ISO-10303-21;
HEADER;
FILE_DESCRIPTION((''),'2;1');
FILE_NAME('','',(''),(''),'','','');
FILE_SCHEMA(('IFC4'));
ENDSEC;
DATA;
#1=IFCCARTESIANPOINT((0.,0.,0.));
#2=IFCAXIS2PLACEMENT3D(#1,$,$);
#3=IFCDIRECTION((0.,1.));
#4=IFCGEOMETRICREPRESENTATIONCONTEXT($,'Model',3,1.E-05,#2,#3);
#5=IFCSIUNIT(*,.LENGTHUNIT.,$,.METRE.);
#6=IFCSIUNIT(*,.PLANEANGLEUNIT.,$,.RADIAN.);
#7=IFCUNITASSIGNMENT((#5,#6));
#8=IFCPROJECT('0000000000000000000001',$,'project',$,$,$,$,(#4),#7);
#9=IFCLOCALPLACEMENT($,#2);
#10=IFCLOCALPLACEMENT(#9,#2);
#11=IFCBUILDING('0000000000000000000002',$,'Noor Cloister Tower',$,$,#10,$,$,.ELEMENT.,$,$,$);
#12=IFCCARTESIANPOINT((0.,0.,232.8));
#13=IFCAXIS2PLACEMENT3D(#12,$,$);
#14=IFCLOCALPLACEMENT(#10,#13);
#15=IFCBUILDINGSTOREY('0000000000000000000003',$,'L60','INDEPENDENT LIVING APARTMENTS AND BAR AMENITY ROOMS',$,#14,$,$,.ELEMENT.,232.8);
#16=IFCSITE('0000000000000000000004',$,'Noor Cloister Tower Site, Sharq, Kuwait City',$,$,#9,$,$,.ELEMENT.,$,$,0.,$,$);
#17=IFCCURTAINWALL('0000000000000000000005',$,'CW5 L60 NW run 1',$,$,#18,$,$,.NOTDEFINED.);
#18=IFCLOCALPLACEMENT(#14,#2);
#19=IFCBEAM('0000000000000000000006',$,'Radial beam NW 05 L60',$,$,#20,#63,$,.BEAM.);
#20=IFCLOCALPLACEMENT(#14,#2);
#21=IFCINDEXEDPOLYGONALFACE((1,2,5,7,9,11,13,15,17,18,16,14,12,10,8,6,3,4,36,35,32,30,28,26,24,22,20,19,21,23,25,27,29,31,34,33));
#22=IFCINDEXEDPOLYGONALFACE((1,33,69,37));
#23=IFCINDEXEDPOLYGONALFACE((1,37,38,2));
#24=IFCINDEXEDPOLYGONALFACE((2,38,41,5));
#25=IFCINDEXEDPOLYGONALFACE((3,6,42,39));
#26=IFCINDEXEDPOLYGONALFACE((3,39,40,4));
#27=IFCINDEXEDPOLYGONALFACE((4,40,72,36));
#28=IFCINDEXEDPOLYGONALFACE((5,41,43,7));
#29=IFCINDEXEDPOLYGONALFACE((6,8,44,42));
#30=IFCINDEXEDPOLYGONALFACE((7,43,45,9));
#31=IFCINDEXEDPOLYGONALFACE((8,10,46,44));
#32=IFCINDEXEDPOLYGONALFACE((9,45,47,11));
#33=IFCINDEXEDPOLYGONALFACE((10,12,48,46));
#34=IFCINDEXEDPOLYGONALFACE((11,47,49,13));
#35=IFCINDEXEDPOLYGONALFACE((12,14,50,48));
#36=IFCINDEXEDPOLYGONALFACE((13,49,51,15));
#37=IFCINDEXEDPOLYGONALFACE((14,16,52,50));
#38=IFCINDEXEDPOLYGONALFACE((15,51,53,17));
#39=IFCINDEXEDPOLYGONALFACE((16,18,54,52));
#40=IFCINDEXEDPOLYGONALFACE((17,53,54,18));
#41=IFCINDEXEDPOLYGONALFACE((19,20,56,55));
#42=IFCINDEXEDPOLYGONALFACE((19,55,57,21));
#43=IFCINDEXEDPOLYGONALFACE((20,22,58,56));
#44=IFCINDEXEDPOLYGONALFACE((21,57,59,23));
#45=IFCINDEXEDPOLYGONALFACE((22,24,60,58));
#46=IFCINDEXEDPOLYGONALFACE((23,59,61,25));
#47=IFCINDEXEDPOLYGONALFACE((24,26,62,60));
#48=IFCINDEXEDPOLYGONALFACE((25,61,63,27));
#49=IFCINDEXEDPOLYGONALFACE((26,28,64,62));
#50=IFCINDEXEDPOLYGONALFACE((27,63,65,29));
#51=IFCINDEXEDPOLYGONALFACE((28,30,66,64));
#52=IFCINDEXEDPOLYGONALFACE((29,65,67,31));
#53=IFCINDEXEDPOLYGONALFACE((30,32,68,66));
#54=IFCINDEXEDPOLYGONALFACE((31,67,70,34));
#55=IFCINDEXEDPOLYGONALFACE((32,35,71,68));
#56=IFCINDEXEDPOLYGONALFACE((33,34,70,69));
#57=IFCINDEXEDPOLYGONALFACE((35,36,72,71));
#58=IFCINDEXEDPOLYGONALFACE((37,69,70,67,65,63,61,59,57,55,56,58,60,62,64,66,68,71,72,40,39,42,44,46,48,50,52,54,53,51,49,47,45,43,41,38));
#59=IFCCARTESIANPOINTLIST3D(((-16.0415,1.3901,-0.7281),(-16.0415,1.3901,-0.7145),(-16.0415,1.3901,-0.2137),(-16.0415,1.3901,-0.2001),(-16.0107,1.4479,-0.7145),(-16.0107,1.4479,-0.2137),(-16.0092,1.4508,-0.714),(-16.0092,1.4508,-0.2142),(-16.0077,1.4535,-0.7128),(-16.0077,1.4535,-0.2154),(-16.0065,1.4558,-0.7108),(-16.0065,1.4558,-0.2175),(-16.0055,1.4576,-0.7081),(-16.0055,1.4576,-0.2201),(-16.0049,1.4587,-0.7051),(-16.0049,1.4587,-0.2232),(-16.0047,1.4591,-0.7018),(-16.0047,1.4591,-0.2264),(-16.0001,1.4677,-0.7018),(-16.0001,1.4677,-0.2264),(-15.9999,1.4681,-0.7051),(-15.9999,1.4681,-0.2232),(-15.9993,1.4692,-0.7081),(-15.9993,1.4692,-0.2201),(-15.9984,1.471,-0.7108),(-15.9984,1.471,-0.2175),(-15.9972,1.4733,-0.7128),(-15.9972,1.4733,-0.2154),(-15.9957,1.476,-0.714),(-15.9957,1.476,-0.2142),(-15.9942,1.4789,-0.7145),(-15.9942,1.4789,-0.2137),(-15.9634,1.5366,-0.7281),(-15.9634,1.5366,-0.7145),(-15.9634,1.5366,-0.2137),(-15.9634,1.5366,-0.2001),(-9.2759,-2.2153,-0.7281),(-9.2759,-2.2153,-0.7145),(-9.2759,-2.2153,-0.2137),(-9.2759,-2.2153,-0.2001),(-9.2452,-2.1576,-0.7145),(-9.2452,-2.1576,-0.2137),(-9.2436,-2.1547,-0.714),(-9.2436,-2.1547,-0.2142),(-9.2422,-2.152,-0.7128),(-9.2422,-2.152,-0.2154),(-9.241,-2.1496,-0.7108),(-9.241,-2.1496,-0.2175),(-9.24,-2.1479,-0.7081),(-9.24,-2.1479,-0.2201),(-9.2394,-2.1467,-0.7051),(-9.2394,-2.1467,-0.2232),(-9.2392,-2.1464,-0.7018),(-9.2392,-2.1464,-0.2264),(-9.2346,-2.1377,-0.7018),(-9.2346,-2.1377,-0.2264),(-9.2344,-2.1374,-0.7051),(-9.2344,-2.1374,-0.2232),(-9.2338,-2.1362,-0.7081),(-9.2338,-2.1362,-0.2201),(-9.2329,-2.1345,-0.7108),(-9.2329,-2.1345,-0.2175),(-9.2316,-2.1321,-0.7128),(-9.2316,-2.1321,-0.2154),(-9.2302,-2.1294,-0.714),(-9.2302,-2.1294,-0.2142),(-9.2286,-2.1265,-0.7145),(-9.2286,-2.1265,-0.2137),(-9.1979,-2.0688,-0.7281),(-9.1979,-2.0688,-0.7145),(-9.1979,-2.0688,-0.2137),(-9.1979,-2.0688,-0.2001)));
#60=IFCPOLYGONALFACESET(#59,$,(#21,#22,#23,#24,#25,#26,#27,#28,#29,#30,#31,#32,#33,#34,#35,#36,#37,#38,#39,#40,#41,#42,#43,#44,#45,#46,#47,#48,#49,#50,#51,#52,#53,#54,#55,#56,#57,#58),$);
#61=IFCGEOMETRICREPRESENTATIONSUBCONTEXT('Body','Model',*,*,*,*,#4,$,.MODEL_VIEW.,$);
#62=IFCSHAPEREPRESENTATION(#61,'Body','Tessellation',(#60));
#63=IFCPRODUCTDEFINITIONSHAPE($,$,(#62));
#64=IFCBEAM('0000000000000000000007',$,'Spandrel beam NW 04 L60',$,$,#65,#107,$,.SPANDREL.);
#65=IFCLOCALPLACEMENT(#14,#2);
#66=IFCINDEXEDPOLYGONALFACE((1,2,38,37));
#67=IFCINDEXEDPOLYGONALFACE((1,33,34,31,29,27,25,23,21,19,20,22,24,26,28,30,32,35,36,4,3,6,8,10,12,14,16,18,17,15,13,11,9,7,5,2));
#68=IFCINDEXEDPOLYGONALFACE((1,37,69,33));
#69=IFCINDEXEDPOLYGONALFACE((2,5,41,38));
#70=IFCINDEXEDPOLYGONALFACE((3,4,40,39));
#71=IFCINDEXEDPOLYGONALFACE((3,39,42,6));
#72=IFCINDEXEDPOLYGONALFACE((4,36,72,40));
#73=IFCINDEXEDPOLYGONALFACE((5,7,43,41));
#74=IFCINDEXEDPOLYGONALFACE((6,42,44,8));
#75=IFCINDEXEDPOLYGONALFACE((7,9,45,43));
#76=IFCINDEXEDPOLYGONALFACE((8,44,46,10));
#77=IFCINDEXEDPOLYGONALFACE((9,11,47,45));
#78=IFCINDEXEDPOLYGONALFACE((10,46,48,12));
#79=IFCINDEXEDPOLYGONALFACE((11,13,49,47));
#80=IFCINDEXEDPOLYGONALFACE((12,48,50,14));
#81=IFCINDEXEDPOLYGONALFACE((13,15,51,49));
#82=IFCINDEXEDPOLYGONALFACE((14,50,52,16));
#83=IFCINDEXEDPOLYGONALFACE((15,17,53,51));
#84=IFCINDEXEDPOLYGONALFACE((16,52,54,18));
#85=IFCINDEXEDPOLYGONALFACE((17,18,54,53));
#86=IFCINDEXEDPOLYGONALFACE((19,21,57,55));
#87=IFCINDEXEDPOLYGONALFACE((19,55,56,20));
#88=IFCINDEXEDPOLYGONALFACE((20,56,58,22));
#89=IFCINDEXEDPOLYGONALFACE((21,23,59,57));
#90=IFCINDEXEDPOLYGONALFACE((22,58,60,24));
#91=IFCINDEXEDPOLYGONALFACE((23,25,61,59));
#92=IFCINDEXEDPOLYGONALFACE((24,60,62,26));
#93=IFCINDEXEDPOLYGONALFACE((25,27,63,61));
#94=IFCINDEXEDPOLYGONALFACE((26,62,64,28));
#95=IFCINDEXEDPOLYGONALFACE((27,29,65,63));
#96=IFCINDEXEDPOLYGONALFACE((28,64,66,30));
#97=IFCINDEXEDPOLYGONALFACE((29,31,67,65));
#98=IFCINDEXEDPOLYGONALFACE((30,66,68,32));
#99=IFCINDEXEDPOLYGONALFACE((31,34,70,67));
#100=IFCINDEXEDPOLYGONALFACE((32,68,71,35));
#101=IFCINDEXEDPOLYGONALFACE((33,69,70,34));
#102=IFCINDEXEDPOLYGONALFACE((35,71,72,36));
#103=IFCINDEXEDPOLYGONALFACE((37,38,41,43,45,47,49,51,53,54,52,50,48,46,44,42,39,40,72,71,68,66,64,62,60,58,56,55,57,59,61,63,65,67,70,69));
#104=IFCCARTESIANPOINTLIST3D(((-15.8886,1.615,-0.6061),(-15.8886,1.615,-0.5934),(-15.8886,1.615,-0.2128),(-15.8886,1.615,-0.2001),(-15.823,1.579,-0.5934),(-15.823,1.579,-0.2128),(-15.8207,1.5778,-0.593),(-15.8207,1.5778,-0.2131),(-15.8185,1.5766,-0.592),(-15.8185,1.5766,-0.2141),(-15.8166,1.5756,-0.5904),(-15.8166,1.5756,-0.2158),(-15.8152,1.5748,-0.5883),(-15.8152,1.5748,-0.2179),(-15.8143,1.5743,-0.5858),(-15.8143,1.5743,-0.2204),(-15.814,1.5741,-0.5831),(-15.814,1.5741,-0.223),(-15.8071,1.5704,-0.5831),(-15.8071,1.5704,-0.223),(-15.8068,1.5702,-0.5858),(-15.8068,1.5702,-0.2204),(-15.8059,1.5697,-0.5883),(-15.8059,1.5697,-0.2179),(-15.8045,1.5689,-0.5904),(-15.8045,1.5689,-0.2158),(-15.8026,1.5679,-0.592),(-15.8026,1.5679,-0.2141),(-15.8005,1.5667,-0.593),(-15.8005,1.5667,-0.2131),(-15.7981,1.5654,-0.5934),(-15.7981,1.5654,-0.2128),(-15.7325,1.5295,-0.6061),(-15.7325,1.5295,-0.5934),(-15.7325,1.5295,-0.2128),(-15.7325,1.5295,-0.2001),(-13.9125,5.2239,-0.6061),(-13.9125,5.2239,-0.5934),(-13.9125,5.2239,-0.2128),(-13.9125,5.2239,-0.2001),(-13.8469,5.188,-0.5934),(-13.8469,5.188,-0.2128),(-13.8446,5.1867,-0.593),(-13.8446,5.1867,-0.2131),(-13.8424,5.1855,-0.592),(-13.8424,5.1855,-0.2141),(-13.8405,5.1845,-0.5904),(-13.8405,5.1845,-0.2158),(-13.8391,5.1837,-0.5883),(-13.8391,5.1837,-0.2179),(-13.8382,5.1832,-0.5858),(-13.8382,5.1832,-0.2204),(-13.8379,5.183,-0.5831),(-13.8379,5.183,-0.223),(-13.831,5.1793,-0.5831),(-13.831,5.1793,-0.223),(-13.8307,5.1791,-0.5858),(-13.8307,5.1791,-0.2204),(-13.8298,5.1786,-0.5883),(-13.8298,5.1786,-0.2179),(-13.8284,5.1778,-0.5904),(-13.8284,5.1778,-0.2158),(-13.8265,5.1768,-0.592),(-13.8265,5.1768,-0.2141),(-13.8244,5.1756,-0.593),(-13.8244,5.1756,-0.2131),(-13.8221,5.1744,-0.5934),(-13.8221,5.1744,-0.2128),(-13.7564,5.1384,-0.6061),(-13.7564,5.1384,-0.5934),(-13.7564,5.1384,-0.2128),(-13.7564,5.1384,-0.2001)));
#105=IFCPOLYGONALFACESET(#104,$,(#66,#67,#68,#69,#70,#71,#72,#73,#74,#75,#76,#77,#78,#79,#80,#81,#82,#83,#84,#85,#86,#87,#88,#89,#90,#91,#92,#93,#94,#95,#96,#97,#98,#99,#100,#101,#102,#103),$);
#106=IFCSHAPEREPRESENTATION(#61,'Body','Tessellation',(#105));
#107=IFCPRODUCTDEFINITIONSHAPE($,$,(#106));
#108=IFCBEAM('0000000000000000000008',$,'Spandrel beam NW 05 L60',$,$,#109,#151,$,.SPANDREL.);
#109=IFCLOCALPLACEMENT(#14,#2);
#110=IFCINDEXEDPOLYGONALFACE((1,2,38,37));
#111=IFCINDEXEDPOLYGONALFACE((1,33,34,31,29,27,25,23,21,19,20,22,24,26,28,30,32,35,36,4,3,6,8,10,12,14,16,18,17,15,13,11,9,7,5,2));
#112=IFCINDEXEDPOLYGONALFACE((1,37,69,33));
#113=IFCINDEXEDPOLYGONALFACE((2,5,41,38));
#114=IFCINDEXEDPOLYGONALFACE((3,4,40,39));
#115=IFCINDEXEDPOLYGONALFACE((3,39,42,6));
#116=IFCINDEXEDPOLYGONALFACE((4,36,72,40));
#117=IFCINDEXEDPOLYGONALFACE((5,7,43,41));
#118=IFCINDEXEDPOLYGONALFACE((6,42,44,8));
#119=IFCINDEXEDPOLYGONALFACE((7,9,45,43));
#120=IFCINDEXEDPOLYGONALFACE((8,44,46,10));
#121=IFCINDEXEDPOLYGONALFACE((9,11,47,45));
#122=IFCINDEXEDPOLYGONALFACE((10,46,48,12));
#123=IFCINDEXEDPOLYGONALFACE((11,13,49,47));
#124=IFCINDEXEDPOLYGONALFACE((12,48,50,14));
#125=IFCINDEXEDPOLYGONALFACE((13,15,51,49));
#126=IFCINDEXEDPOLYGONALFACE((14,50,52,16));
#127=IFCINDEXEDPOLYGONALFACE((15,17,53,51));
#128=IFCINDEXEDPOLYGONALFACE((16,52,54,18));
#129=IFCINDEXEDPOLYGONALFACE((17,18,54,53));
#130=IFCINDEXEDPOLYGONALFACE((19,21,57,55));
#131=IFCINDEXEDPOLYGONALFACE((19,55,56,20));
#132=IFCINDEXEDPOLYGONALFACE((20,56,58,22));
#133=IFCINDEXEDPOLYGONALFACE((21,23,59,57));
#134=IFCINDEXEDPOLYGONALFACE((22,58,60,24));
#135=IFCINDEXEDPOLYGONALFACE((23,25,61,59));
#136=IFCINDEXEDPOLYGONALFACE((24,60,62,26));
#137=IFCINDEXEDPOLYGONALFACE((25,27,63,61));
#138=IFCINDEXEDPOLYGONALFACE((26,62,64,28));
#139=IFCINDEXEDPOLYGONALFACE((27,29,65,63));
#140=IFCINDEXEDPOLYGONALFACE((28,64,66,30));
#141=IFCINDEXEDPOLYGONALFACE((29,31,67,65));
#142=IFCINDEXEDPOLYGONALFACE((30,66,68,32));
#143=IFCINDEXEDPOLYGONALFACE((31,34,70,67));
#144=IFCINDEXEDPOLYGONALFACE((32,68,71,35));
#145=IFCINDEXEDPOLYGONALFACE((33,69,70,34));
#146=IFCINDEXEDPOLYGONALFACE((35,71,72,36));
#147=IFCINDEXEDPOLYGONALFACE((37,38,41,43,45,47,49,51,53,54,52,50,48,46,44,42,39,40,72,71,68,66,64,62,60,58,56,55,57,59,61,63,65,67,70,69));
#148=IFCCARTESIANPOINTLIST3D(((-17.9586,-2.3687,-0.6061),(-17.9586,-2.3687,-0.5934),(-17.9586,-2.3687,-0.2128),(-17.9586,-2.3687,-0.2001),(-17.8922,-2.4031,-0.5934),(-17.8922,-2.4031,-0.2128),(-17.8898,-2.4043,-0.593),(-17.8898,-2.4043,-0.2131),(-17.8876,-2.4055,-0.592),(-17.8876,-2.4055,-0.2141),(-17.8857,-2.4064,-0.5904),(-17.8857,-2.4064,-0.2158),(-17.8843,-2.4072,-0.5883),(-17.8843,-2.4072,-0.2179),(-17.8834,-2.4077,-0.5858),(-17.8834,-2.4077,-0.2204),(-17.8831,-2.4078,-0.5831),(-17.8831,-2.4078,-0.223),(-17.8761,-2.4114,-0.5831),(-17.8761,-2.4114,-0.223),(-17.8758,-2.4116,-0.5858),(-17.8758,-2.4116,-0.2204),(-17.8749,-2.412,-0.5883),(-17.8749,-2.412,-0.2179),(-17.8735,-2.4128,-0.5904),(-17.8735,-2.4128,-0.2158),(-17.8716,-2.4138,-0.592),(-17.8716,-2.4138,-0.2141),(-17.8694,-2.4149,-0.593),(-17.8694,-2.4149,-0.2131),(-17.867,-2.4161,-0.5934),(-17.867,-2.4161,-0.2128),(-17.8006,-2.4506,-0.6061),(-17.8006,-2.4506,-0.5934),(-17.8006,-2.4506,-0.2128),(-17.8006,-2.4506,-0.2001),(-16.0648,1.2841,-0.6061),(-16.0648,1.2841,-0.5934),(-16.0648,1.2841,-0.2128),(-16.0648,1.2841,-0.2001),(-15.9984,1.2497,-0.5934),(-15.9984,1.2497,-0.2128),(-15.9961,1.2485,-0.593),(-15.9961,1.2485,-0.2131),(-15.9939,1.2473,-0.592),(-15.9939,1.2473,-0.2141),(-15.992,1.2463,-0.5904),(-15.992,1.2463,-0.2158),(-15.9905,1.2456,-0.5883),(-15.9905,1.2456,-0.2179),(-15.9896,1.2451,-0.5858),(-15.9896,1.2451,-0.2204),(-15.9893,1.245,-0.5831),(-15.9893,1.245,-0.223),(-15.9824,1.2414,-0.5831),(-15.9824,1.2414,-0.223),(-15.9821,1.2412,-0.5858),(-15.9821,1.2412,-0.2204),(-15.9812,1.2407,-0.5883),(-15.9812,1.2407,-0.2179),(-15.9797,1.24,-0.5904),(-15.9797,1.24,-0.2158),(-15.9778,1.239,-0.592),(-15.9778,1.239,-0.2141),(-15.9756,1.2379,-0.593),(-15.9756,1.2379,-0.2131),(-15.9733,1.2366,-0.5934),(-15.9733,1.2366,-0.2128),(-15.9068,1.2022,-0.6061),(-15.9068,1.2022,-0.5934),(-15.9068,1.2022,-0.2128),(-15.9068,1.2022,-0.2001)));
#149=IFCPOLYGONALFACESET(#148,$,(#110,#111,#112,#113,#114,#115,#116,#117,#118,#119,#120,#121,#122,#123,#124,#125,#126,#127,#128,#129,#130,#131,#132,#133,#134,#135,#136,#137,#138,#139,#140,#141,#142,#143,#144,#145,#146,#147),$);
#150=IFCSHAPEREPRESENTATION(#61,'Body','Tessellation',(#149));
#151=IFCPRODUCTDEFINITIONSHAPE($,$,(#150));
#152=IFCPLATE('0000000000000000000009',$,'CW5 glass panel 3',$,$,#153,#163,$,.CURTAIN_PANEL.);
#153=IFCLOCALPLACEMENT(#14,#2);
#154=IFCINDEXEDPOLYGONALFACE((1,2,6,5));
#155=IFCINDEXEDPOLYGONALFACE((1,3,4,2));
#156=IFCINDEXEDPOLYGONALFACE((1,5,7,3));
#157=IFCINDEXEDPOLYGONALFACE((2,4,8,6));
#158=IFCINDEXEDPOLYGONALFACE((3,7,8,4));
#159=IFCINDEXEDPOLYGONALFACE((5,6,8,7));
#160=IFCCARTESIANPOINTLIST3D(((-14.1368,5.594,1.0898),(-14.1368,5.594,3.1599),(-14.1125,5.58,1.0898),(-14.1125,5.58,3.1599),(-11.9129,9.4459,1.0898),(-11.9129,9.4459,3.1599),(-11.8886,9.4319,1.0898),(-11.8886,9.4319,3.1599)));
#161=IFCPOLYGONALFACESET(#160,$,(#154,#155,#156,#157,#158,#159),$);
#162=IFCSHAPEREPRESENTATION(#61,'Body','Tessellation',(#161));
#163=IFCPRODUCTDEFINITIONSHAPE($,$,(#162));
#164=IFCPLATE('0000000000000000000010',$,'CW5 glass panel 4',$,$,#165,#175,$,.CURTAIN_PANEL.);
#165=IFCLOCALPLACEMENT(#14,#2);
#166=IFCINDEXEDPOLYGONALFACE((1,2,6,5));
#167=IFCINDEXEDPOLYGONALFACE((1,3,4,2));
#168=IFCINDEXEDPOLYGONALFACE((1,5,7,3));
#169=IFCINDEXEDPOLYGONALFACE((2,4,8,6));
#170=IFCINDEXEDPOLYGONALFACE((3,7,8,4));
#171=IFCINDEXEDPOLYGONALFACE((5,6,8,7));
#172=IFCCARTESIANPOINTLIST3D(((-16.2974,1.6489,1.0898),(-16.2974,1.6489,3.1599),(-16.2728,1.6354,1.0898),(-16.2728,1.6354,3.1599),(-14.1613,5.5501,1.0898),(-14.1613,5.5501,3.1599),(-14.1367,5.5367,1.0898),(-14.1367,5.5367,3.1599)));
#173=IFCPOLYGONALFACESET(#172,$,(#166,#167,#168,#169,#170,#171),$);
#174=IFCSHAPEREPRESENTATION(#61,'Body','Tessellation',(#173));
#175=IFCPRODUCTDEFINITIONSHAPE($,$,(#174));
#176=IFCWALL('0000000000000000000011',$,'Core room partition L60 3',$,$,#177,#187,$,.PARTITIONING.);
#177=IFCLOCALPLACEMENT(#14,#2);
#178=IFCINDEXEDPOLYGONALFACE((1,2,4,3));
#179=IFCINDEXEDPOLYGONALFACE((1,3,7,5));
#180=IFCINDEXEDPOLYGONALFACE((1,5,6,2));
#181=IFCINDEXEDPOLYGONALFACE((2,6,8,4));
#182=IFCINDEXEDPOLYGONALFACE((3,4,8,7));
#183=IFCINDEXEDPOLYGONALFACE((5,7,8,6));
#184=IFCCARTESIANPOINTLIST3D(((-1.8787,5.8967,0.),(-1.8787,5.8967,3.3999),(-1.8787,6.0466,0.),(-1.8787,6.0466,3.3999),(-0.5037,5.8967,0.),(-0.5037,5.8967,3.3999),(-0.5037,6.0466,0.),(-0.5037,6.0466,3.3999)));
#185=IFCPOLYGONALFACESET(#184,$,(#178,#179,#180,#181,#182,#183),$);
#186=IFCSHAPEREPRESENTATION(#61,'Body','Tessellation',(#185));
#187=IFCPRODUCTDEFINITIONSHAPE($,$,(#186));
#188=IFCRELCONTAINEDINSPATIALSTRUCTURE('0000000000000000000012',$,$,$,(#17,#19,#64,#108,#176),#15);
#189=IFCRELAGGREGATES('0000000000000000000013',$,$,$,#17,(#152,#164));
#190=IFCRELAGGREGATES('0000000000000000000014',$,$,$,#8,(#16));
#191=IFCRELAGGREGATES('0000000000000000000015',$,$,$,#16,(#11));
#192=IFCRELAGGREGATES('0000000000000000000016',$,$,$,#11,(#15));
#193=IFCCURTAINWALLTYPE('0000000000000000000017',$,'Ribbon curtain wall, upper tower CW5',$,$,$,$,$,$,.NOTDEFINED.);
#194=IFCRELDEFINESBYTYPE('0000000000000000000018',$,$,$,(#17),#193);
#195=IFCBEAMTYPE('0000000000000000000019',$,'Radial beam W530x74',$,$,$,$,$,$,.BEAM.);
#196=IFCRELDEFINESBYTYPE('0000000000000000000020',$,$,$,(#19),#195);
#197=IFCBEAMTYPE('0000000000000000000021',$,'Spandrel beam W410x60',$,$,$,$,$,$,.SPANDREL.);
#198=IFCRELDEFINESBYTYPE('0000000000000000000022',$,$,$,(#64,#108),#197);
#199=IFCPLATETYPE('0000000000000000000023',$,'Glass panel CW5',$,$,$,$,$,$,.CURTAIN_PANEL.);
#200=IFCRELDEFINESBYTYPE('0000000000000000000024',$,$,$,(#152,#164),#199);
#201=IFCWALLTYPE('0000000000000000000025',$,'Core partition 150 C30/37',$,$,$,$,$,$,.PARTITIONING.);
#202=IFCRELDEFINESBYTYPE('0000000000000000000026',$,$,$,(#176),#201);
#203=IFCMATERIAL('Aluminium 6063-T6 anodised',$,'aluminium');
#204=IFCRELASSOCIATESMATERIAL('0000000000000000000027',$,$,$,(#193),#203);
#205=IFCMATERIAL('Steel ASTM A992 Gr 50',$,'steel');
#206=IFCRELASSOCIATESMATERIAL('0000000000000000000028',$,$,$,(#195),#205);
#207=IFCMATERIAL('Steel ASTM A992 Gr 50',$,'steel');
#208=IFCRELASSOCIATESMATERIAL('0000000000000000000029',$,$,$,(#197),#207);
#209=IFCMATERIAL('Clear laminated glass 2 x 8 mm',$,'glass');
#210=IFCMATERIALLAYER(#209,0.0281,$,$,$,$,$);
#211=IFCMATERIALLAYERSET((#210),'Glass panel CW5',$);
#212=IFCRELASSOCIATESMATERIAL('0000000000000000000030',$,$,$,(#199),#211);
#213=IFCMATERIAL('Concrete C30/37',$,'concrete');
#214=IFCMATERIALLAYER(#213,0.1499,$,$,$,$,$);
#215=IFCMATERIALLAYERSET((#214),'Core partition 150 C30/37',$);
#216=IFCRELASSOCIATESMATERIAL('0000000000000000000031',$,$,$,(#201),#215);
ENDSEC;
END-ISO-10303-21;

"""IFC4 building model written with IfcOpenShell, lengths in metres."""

from ifc_helpers import new_model, si_unit, direction, frame, frame_2d, origin, origin_2d, place, context, subcontext, project, spatial, rectangle, i_section, extrude, material, layer, layer_set, material_profile, profile_set, type_object, element, aggregate, save


model = new_model("IFC4")

# Units and contexts
model_context = context("Model", 3, precision=1e-05, world=origin(), true_north=direction((0.0, 1.0)))
body_context = subcontext(model_context, "Body", "Model", "MODEL_VIEW")
ifc_project = project(units=[si_unit("LENGTHUNIT", "METRE"), si_unit("PLANEANGLEUNIT", "RADIAN")], contexts=[model_context])

# Site, building, storey
site_placement = place(None, origin())
site = spatial("IfcSite", under=ifc_project, at=site_placement, Name="Noor Cloister Tower Site, Sharq, Kuwait City", CompositionType="ELEMENT", RefElevation=0.0)
building_placement = place(site_placement, origin())
building = spatial("IfcBuilding", under=site, at=building_placement, Name="Noor Cloister Tower", CompositionType="ELEMENT")
storey_placement = place(building_placement, frame((0.0, 0.0, 232.8)))
storey = spatial("IfcBuildingStorey", under=building, at=storey_placement, Name="L60", Description="INDEPENDENT LIVING APARTMENTS AND BAR AMENITY ROOMS", CompositionType="ELEMENT", Elevation=232.8)

# Curtain wall
ifc_material_1 = material(Name="Aluminium 6063-T6 anodised", Category="aluminium")
curtain_wall_type = type_object("IfcCurtainWallType", Name="Ribbon curtain wall, upper tower CW5", PredefinedType="NOTDEFINED", material=ifc_material_1)
curtain_wall_placement = place(storey_placement, origin())
curtain_wall = element("IfcCurtainWall", 1, at=curtain_wall_placement, inside=storey, type_object=curtain_wall_type, Name="CW5 L60 NW run 1", PredefinedType="NOTDEFINED")

# Beams
ifc_material_2 = material(Name="Steel ASTM A992 Gr 50", Category="steel")
ifc_material_profile_1 = material_profile(ifc_material_2, i_section(OverallWidth=0.166, OverallDepth=0.5281, WebThickness=0.0098, FlangeThickness=0.0137, FilletRadius=0.0127, at=origin_2d()), Name="W530x74")
ifc_profile_set_1 = profile_set([ifc_material_profile_1], Name="Steel ASTM A992 Gr 50")
beam_type_1 = type_object("IfcBeamType", Name="Radial beam W530x74", PredefinedType="BEAM", material=ifc_profile_set_1)
beam_1_placement = place(storey_placement, frame((-16.0024, 1.4634, -0.4641), z_axis=(0.882508, -0.470297, 0.0), x_axis=(0.470297, 0.882508, 0.0)))
element("IfcBeam", 2, at=beam_1_placement, inside=storey, type_object=beam_type_1, Name="Radial beam NW 05 L60", PredefinedType="BEAM", context=body_context, shape_type="SweptSolid", body=[
    extrude(i_section(OverallWidth=0.166, OverallDepth=0.5281, WebThickness=0.0098, FlangeThickness=0.0137, FilletRadius=0.0127, at=origin_2d()), origin(), (0.0, 0.0, 1.0), 7.6663),
])
ifc_material_3 = material(Name="Steel ASTM A992 Gr 50", Category="steel")
ifc_material_profile_2 = material_profile(ifc_material_3, i_section(OverallWidth=0.178, OverallDepth=0.406, WebThickness=0.0078, FlangeThickness=0.0127, FilletRadius=0.0103, at=origin_2d()), Name="W410x60")
ifc_profile_set_2 = profile_set([ifc_material_profile_2], Name="Steel ASTM A992 Gr 50")
beam_type_2 = type_object("IfcBeamType", Name="Spandrel beam W410x60", PredefinedType="SPANDREL", material=ifc_profile_set_2)
for number, where, z_axis, x_axis, name in (
    (3, (-13.8345, 5.1812, -0.4031), (-0.480273, -0.877119, 0.0), (0.877119, -0.480273, 0.0), "Spandrel beam NW 04 L60"),
    (4, (-15.9858, 1.2432, -0.4031), (-0.460267, -0.887781, 0.0), (0.887781, -0.460267, 0.0), "Spandrel beam NW 05 L60"),
):
    element("IfcBeam", number, at=place(storey_placement, frame(where, z_axis=z_axis, x_axis=x_axis)), inside=storey, type_object=beam_type_2, Name=name, PredefinedType="SPANDREL", context=body_context, shape_type="SweptSolid", body=[
        extrude(i_section(OverallWidth=0.178, OverallDepth=0.406, WebThickness=0.0078, FlangeThickness=0.0127, FilletRadius=0.0103, at=origin_2d()), origin(), (0.0, 0.0, 1.0), 4.1145),
    ])

# Plates
ifc_material_4 = material(Name="Clear laminated glass 2 x 8 mm", Category="glass")
ifc_layer_1 = layer(ifc_material_4, 0.0281)
ifc_layer_set_1 = layer_set([ifc_layer_1], Name="Glass panel CW5")
plate_type = type_object("IfcPlateType", Name="Glass panel CW5", PredefinedType="CURTAIN_PANEL", material=ifc_layer_set_1)
plate_1_placement = place(storey_placement, frame((-13.0127, 7.5129, 1.0898), z_axis=(0.0, 0.0, 1.0), x_axis=(-0.5, -0.866025, 0.0)))
plate_1 = element("IfcPlate", 5, at=plate_1_placement, type_object=plate_type, Name="CW5 glass panel 3", PredefinedType="CURTAIN_PANEL", context=body_context, shape_type="SweptSolid", body=[
    extrude(rectangle(XDim=4.4478, YDim=0.0281, at=origin_2d()), origin(), (0.0, 0.0, 1.0), 2.0701),
])
plate_2_placement = place(storey_placement, frame((-15.217, 3.5928, 1.0898), z_axis=(0.0, 0.0, 1.0), x_axis=(-0.480257, -0.877128, 0.0)))
plate_2 = element("IfcPlate", 6, at=plate_2_placement, type_object=plate_type, Name="CW5 glass panel 4", PredefinedType="CURTAIN_PANEL", context=body_context, shape_type="SweptSolid", body=[
    extrude(rectangle(XDim=4.4478, YDim=0.0281, at=origin_2d()), origin(), (0.0, 0.0, 1.0), 2.0701),
])
aggregate(curtain_wall, [plate_1, plate_2])

# Wall
ifc_material_5 = material(Name="Concrete C30/37", Category="concrete")
ifc_layer_2 = layer(ifc_material_5, 0.1499)
ifc_layer_set_2 = layer_set([ifc_layer_2], Name="Core partition 150 C30/37")
wall_type_1 = type_object("IfcWallType", Name="Core partition 150 C30/37", PredefinedType="PARTITIONING", material=ifc_layer_set_2)
wall_1_placement = place(storey_placement, frame((-1.8787, 5.9717, 0.0), z_axis=(0.0, 0.0, 1.0), x_axis=(1.0, 0.0, 0.0)))
element("IfcWall", 7, at=wall_1_placement, inside=storey, type_object=wall_type_1, Name="Core room partition L60 3", PredefinedType="PARTITIONING", context=body_context, shape_type="SweptSolid", body=[
    extrude(rectangle(XDim=1.375, YDim=0.1499, at=frame_2d((0.6875, 0.0))), origin(), (0.0, 0.0, 1.0), 3.3999),
])

save(model, "model.ifc")
